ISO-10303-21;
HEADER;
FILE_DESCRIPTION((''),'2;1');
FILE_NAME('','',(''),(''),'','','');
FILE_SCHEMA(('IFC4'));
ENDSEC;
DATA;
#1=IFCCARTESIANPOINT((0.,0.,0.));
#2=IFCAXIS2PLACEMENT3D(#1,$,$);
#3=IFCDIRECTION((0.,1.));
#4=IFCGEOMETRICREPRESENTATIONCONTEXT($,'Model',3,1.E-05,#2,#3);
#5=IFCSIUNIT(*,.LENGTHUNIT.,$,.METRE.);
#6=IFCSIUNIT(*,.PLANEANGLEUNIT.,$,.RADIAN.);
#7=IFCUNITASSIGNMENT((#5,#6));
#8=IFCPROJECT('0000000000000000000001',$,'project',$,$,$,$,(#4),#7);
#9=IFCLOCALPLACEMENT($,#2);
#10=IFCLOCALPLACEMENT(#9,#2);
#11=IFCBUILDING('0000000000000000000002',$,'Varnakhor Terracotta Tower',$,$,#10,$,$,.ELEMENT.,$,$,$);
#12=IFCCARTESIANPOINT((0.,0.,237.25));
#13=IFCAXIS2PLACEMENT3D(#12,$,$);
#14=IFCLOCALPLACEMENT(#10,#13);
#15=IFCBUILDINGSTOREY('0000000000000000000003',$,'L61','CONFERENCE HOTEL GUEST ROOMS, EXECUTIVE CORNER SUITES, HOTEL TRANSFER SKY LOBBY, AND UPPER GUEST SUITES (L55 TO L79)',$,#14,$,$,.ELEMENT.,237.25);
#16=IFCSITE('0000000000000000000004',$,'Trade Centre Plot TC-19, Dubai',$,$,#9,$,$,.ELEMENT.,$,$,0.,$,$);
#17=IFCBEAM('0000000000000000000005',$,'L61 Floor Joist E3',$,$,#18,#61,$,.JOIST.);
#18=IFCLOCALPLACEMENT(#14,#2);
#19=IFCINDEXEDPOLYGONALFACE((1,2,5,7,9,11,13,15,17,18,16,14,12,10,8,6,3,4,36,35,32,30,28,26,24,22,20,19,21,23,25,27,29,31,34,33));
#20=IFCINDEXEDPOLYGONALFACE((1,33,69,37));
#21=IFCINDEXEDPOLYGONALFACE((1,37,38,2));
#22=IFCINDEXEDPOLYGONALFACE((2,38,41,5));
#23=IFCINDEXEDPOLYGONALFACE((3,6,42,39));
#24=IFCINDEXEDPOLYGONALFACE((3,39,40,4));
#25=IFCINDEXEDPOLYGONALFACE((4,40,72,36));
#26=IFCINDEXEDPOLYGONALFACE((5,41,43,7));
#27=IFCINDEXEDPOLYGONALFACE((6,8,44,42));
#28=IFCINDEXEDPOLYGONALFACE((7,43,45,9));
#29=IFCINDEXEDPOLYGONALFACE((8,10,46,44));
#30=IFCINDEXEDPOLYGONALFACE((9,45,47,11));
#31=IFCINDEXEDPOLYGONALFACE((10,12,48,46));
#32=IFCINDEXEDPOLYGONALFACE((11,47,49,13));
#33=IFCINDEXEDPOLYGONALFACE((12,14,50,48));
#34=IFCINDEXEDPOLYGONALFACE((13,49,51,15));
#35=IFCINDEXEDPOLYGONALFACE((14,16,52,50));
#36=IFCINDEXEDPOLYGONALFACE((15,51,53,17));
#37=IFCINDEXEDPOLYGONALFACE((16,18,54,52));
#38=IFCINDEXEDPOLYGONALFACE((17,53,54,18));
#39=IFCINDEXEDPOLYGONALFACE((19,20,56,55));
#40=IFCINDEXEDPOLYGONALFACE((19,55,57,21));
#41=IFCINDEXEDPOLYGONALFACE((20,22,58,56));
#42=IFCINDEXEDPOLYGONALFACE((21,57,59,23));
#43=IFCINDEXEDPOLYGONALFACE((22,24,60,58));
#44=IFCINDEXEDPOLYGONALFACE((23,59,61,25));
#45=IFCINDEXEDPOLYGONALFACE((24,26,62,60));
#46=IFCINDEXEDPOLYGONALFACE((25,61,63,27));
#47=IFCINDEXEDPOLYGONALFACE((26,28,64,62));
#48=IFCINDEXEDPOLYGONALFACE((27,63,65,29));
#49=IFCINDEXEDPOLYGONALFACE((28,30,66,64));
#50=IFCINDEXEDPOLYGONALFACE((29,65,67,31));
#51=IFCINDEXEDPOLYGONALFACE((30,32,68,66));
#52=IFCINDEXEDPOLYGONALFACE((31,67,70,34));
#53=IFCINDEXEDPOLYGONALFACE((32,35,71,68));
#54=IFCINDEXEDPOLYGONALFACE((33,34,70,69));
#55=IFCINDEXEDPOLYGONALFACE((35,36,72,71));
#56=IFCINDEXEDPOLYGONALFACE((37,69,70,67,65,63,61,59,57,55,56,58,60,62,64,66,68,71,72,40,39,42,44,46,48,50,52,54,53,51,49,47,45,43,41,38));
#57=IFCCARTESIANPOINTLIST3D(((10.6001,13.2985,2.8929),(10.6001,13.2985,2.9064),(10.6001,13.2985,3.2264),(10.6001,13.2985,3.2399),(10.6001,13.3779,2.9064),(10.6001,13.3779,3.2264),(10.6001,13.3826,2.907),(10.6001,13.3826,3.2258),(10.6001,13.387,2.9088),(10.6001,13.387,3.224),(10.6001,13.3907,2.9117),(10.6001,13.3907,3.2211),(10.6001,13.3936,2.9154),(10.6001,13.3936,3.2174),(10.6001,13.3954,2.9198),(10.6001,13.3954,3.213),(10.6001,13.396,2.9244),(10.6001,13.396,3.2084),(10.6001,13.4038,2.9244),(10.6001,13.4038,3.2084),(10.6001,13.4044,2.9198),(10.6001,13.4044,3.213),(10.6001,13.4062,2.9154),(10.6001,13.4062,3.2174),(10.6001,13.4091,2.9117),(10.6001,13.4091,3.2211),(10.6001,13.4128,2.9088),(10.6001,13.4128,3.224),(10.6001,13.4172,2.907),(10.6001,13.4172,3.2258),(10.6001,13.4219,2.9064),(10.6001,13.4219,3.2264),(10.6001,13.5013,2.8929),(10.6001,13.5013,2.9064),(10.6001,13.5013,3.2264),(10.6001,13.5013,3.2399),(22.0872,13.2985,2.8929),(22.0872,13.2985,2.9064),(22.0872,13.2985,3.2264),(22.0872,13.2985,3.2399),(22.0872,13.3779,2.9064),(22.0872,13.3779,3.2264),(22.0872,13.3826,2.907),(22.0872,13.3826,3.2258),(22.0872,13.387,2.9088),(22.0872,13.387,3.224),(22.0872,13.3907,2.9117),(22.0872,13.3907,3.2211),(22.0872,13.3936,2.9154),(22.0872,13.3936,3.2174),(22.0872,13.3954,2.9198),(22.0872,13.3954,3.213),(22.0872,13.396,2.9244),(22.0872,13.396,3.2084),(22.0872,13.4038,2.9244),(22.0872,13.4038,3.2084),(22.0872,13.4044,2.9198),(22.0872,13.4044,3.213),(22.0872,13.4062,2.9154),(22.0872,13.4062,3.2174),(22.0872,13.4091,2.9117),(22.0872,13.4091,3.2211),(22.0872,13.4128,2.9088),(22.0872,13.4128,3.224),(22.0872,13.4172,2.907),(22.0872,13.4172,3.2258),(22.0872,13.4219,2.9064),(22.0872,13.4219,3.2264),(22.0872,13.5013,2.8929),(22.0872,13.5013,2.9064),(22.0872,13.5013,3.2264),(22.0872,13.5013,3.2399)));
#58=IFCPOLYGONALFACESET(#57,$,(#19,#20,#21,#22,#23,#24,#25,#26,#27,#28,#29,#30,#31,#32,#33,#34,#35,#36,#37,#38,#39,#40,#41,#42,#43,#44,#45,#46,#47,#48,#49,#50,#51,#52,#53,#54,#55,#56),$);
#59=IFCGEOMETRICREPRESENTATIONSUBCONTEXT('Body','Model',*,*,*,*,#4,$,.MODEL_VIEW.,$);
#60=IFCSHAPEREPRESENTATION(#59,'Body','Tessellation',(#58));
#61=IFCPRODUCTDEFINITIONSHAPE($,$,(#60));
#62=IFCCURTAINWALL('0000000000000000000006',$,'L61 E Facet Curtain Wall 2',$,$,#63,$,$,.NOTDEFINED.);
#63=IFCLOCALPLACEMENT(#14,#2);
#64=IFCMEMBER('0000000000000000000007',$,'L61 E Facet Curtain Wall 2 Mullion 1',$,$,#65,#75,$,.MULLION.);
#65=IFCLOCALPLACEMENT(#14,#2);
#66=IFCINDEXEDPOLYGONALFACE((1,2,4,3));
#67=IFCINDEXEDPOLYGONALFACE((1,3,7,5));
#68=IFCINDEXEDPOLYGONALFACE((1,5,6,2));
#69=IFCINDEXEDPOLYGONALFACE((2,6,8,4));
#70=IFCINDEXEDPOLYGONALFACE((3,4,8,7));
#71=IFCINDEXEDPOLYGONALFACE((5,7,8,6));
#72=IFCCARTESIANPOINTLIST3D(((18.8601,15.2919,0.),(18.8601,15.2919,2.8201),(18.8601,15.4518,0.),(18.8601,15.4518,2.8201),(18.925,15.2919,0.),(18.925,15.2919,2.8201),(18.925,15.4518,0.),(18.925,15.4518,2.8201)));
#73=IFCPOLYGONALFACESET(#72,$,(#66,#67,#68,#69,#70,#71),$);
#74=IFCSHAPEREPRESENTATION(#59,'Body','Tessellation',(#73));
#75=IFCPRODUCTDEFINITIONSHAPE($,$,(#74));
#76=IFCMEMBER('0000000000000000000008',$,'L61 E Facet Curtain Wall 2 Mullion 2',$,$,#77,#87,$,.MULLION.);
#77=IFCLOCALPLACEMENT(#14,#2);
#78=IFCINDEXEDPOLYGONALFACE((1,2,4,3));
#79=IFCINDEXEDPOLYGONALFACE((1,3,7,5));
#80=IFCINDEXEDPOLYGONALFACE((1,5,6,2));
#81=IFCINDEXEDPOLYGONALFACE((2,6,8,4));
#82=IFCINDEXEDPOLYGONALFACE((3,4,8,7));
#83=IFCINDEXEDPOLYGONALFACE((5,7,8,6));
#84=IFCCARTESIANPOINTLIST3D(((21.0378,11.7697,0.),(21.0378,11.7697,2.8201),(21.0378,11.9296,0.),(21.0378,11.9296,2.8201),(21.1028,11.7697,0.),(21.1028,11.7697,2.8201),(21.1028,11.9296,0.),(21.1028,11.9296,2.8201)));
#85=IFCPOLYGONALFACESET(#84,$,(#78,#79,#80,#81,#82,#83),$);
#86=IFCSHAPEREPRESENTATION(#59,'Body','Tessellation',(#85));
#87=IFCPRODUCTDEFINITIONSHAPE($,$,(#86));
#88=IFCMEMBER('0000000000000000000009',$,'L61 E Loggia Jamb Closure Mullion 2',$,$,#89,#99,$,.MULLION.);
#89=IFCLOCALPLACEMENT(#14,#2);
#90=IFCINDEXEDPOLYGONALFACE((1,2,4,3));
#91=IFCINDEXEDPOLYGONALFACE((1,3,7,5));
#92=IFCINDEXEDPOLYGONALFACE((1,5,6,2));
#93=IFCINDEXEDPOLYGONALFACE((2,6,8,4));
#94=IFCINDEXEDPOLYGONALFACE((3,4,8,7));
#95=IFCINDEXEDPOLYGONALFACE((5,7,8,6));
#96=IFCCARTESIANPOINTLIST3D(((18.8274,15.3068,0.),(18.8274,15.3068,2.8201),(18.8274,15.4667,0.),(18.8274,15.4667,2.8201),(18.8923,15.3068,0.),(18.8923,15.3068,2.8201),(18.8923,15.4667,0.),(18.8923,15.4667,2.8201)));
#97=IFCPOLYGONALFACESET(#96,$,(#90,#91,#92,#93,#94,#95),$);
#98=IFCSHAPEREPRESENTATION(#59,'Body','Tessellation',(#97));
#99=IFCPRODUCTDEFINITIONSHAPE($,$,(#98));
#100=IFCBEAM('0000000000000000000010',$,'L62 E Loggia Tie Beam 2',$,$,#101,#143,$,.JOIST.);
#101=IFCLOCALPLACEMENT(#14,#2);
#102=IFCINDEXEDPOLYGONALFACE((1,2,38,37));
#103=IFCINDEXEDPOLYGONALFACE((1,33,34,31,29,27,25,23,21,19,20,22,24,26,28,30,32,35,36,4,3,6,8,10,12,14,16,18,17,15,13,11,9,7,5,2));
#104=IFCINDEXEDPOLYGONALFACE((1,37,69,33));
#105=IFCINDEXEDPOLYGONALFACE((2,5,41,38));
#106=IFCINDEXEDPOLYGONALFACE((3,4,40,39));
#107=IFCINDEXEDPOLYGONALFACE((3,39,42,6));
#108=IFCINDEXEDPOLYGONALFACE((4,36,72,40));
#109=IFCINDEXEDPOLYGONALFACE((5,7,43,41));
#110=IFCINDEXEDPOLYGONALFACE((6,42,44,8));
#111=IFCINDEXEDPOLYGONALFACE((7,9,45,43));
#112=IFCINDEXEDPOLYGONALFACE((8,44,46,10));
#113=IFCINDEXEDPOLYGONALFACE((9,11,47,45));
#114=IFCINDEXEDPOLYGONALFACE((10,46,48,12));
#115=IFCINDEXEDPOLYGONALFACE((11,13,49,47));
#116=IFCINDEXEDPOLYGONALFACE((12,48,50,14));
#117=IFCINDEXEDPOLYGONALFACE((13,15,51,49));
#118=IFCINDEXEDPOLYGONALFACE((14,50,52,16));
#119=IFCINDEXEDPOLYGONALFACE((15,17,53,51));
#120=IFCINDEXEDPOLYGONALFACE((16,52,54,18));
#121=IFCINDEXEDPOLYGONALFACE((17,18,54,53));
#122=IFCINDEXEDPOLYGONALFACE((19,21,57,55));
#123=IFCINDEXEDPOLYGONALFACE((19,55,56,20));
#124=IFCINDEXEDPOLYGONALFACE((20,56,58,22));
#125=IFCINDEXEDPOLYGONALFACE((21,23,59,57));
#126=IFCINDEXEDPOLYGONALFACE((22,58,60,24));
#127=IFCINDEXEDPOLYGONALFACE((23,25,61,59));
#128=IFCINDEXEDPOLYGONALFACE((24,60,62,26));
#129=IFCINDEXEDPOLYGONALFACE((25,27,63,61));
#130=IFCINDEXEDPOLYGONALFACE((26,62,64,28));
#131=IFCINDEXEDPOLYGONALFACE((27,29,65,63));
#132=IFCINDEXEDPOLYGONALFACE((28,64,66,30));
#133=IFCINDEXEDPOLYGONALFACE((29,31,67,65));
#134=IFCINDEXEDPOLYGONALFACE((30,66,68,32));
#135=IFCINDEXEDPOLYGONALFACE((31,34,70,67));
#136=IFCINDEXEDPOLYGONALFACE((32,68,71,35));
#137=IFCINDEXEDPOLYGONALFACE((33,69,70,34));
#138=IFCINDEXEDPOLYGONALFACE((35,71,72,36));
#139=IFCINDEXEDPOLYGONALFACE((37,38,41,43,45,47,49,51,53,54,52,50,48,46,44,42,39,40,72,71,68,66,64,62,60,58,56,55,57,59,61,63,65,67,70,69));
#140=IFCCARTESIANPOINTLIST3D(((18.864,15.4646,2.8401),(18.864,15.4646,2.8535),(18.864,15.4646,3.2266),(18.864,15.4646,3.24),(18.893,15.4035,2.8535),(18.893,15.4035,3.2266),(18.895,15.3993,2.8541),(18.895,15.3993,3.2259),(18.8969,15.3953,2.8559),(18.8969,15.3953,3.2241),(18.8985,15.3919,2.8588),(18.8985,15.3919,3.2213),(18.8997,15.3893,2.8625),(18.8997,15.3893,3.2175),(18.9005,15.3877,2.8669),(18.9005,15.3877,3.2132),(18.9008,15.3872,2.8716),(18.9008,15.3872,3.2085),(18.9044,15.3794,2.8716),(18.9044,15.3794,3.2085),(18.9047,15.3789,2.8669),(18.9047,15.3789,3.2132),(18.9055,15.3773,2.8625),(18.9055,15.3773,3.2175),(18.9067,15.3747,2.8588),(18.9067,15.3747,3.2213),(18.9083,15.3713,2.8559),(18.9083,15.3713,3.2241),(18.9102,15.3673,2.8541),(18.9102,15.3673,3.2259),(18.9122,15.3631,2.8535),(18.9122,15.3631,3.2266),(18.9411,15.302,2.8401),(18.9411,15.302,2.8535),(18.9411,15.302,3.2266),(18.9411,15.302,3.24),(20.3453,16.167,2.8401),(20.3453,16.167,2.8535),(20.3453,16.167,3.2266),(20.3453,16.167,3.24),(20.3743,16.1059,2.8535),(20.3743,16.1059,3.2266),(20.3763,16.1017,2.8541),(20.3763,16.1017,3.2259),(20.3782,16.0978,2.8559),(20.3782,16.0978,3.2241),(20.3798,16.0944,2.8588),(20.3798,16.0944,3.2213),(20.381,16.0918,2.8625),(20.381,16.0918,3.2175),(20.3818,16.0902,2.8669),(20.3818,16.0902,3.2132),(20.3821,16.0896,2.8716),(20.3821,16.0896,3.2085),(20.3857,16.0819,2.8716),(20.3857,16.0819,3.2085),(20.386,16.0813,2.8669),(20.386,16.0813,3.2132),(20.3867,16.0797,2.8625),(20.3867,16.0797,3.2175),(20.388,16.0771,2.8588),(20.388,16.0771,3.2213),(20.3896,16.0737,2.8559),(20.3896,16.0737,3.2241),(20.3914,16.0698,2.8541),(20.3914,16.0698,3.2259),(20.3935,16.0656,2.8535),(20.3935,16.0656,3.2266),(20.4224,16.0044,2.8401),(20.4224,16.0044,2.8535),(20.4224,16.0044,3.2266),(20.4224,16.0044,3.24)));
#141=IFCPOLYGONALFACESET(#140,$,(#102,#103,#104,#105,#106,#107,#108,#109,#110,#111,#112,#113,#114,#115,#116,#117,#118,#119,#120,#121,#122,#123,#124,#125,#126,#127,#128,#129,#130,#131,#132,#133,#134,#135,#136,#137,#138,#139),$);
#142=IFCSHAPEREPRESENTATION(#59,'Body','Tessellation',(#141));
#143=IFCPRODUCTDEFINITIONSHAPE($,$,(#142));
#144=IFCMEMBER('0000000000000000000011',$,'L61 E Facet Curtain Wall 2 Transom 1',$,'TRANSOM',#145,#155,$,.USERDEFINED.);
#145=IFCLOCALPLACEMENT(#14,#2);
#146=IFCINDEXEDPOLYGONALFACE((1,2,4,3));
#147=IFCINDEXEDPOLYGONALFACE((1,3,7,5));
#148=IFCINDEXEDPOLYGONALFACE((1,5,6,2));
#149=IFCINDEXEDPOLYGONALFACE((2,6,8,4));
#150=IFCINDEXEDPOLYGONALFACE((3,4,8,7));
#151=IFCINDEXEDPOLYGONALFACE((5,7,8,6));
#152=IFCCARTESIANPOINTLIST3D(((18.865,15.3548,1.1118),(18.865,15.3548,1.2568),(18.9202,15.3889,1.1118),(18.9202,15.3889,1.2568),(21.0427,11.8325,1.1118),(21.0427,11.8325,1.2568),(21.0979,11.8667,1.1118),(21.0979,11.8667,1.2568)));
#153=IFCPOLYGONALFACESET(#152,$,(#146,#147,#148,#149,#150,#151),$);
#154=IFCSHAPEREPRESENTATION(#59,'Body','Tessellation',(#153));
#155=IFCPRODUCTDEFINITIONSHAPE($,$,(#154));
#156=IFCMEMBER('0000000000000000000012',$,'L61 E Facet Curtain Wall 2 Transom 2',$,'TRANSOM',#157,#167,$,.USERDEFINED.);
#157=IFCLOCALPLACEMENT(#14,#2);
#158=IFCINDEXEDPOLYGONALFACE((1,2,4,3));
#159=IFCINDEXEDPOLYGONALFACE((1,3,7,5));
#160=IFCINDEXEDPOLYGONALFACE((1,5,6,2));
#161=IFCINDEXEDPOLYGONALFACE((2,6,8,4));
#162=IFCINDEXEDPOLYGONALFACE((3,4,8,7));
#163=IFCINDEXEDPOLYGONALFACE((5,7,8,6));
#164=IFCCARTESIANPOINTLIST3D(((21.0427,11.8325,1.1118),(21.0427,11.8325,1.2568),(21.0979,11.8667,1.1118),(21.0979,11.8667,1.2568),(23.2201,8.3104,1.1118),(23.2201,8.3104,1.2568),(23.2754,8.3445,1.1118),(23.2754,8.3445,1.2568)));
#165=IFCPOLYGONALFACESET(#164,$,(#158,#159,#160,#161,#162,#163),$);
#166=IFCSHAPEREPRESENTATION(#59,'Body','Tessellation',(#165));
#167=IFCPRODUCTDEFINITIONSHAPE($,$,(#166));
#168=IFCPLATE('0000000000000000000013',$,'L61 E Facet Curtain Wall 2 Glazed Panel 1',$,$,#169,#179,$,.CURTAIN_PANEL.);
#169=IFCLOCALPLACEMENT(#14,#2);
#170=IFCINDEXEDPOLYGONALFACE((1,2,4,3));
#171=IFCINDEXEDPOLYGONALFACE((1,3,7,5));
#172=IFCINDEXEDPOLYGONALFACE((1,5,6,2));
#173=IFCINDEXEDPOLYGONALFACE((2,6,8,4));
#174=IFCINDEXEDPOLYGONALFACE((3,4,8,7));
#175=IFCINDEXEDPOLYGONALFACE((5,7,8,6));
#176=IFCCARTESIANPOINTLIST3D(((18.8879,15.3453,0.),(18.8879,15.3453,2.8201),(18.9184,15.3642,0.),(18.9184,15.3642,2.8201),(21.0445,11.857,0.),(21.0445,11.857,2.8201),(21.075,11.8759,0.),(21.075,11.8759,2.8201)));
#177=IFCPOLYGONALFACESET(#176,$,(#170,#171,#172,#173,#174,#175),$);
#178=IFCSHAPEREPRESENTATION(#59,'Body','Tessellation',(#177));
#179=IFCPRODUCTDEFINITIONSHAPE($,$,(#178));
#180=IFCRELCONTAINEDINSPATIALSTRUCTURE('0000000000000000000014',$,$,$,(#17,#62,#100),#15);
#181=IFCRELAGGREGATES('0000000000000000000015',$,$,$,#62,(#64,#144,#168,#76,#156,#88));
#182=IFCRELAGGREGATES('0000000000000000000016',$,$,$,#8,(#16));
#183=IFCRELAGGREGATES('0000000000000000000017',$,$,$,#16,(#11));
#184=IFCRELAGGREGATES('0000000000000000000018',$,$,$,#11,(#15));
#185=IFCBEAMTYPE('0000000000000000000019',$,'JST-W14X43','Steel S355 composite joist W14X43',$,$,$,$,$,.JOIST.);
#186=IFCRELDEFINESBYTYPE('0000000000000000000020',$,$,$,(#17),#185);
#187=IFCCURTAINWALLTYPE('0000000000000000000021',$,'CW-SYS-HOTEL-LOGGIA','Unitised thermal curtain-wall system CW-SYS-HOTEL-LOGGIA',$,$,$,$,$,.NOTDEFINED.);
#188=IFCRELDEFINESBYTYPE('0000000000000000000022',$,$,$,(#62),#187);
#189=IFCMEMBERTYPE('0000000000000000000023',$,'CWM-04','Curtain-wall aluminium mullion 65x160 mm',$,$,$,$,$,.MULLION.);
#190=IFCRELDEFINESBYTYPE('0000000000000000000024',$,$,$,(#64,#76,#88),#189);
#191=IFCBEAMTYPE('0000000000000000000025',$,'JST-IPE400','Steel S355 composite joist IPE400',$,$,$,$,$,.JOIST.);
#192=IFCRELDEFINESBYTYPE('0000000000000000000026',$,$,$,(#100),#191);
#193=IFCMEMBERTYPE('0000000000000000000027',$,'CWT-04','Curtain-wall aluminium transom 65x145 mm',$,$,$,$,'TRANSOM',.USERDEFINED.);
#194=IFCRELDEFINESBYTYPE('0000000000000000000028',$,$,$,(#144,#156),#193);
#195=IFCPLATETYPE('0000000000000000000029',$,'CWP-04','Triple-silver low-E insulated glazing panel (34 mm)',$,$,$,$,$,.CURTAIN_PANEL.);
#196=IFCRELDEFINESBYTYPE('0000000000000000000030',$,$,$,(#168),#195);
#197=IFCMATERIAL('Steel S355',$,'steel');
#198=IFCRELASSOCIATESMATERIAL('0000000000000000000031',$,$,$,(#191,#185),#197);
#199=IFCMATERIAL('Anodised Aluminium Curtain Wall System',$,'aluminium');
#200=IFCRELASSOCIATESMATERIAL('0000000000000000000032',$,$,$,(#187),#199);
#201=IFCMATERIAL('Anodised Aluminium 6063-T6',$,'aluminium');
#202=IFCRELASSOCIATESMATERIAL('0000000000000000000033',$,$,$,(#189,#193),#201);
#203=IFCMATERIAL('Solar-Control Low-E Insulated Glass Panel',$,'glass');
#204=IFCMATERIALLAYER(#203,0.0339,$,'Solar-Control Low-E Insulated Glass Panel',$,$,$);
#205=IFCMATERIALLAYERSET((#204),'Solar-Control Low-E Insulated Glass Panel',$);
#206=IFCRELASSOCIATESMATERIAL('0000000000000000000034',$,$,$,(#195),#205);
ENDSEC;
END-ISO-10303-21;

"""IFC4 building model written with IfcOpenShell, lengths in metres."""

from ifc_helpers import new_model, si_unit, direction, frame, origin, origin_2d, place, context, subcontext, project, spatial, rectangle, i_section, extrude, source, transform, mapped, material, layer, layer_set, material_profile, profile_set, type_object, type_shapes, element, aggregate, save


model = new_model("IFC4")

# Units and contexts
model_context = context("Model", 3, precision=1e-05, world=origin(), true_north=direction((0.0, 1.0)))
body_context = subcontext(model_context, "Body", "Model", "MODEL_VIEW")
ifc_project = project(units=[si_unit("LENGTHUNIT", "METRE"), si_unit("PLANEANGLEUNIT", "RADIAN")], contexts=[model_context])

# Site, building, storey
site_placement = place(None, origin())
site = spatial("IfcSite", under=ifc_project, at=site_placement, Name="Trade Centre Plot TC-19, Dubai", CompositionType="ELEMENT", RefElevation=0.0)
building_placement = place(site_placement, origin())
building = spatial("IfcBuilding", under=site, at=building_placement, Name="Varnakhor Terracotta Tower", CompositionType="ELEMENT")
storey_placement = place(building_placement, frame((0.0, 0.0, 237.25)))
storey = spatial("IfcBuildingStorey", under=building, at=storey_placement, Name="L61", Description="CONFERENCE HOTEL GUEST ROOMS, EXECUTIVE CORNER SUITES, HOTEL TRANSFER SKY LOBBY, AND UPPER GUEST SUITES (L55 TO L79)", CompositionType="ELEMENT", Elevation=237.25)

# Beam
ifc_material_1 = material(Name="Steel S355", Category="steel")
ifc_material_profile_1 = material_profile(ifc_material_1, i_section(OverallWidth=0.1799, OverallDepth=0.3999, WebThickness=0.0085, FlangeThickness=0.0134, FilletRadius=0.0181, at=origin_2d()), Name="IPE400")
ifc_profile_set_1 = profile_set([ifc_material_profile_1], Name="Steel S355")
beam_type_1 = type_object("IfcBeamType", Name="JST-IPE400", Description="Steel S355 composite joist IPE400", PredefinedType="JOIST", material=ifc_profile_set_1)
ifc_material_profile_2 = material_profile(ifc_material_1, i_section(OverallWidth=0.2029, OverallDepth=0.3469, WebThickness=0.0078, FlangeThickness=0.0134, FilletRadius=0.0181, at=origin_2d()), Name="W14X43")
ifc_profile_set_2 = profile_set([ifc_material_profile_2], Name="Steel S355")
beam_type_2 = type_object("IfcBeamType", Name="JST-W14X43", Description="Steel S355 composite joist W14X43", PredefinedType="JOIST", material=ifc_profile_set_2)
shared_shape_1 = source(origin(), body_context, "Body", "SweptSolid", [
    extrude(i_section(OverallWidth=0.2029, OverallDepth=0.3469, WebThickness=0.0078, FlangeThickness=0.0134, FilletRadius=0.0181, at=origin_2d()), origin(), (0.0, 0.0, 1.0), 11.4871),
])
beam_1_placement = place(storey_placement, frame((10.6001, 13.3999, 3.0664), z_axis=(1.0, 0.0, 0.0), x_axis=(0.0, 1.0, 0.0)))
element("IfcBeam", 1, at=beam_1_placement, inside=storey, type_object=beam_type_2, Name="L61 Floor Joist E3", PredefinedType="JOIST", context=body_context, shape_type="MappedRepresentation", body=[
    mapped(shared_shape_1, transform((0.0, 0.0, 0.0), scale=1.0)),
])

# Curtain wall, members
ifc_material_2 = material(Name="Anodised Aluminium Curtain Wall System", Category="aluminium")
curtain_wall_type = type_object("IfcCurtainWallType", Name="CW-SYS-HOTEL-LOGGIA", Description="Unitised thermal curtain-wall system CW-SYS-HOTEL-LOGGIA", PredefinedType="NOTDEFINED", material=ifc_material_2)
curtain_wall_placement = place(storey_placement, origin())
curtain_wall = element("IfcCurtainWall", 2, at=curtain_wall_placement, inside=storey, type_object=curtain_wall_type, Name="L61 E Facet Curtain Wall 2", PredefinedType="NOTDEFINED")
ifc_material_3 = material(Name="Anodised Aluminium 6063-T6", Category="aluminium")
ifc_material_profile_3 = material_profile(ifc_material_3, rectangle(XDim=0.0649, YDim=0.1599, at=origin_2d()), Name="ALU MULLION 65x160")
ifc_profile_set_3 = profile_set([ifc_material_profile_3], Name="Anodised Aluminium 6063-T6")
member_type_1 = type_object("IfcMemberType", Name="CWM-04", Description="Curtain-wall aluminium mullion 65x160 mm", PredefinedType="MULLION", material=ifc_profile_set_3)
shared_shape_2 = source(origin(), body_context, "Body", "SweptSolid", [
    extrude(rectangle(XDim=0.0649, YDim=0.1599, at=origin_2d()), origin(), (0.0, 0.0, 1.0), 2.8201),
])
type_shapes(member_type_1, [shared_shape_2])
member_1_placement = place(storey_placement, frame((18.8926, 15.3718, 0.0), z_axis=(0.0, 0.0, 1.0), x_axis=(1.0, 0.0, 0.0)))
member_1 = element("IfcMember", 3, at=member_1_placement, type_object=member_type_1, Name="L61 E Facet Curtain Wall 2 Mullion 1", PredefinedType="MULLION", context=body_context, shape_type="MappedRepresentation", body=[
    mapped(shared_shape_2, transform((0.0, 0.0, 0.0), scale=1.0)),
])
member_2_placement = place(storey_placement, frame((21.0703, 11.8496, 0.0), z_axis=(0.0, 0.0, 1.0), x_axis=(1.0, 0.0, 0.0)))
member_2 = element("IfcMember", 4, at=member_2_placement, type_object=member_type_1, Name="L61 E Facet Curtain Wall 2 Mullion 2", PredefinedType="MULLION", context=body_context, shape_type="MappedRepresentation", body=[
    mapped(shared_shape_2, transform((0.0, 0.0, 0.0), scale=1.0)),
])
member_3_placement = place(storey_placement, frame((18.8599, 15.3867, 0.0), z_axis=(0.0, 0.0, 1.0), x_axis=(1.0, 0.0, 0.0)))
member_3 = element("IfcMember", 5, at=member_3_placement, type_object=member_type_1, Name="L61 E Loggia Jamb Closure Mullion 2", PredefinedType="MULLION", context=body_context, shape_type="MappedRepresentation", body=[
    mapped(shared_shape_2, transform((0.0, 0.0, 0.0), scale=1.0)),
])

# Beam
shared_shape_3 = source(origin(), body_context, "Body", "SweptSolid", [
    extrude(i_section(OverallWidth=0.1799, OverallDepth=0.3999, WebThickness=0.0085, FlangeThickness=0.0134, FilletRadius=0.0181, at=origin_2d()), origin(), (0.0, 0.0, 1.0), 1.6394),
])
beam_2_placement = place(storey_placement, frame((18.9026, 15.3833, 3.04), z_axis=(0.903556, 0.42847, 0.0), x_axis=(-0.42847, 0.903556, 0.0)))
element("IfcBeam", 6, at=beam_2_placement, inside=storey, type_object=beam_type_1, Name="L62 E Loggia Tie Beam 2", PredefinedType="JOIST", context=body_context, shape_type="MappedRepresentation", body=[
    mapped(shared_shape_3, transform((0.0, 0.0, 0.0), scale=1.0)),
])

# Members
ifc_material_profile_4 = material_profile(ifc_material_3, rectangle(XDim=0.0649, YDim=0.145, at=origin_2d()), Name="ALU TRANSOM 65x145")
ifc_profile_set_4 = profile_set([ifc_material_profile_4], Name="Anodised Aluminium 6063-T6")
member_type_2 = type_object("IfcMemberType", Name="CWT-04", Description="Curtain-wall aluminium transom 65x145 mm", ElementType="TRANSOM", PredefinedType="USERDEFINED", material=ifc_profile_set_4)
shared_shape_4 = source(origin(), body_context, "Body", "SweptSolid", [
    extrude(rectangle(XDim=0.0649, YDim=0.145, at=origin_2d()), origin(), (0.0, 0.0, 1.0), 4.1411),
])
member_4_placement = place(storey_placement, frame((18.8926, 15.3718, 1.1843), z_axis=(0.525886, -0.850555, 0.0), x_axis=(0.850555, 0.525886, 0.0)))
member_4 = element("IfcMember", 7, at=member_4_placement, type_object=member_type_2, Name="L61 E Facet Curtain Wall 2 Transom 1", ObjectType="TRANSOM", PredefinedType="USERDEFINED", context=body_context, shape_type="MappedRepresentation", body=[
    mapped(shared_shape_4, transform((0.0, 0.0, 0.0), scale=1.0)),
])
shared_shape_5 = source(origin(), body_context, "Body", "SweptSolid", [
    extrude(rectangle(XDim=0.0649, YDim=0.145, at=origin_2d()), origin(), (0.0, 0.0, 1.0), 4.1409),
])
member_5_placement = place(storey_placement, frame((21.0703, 11.8496, 1.1843), z_axis=(0.525843, -0.850582, 0.0), x_axis=(0.850582, 0.525843, 0.0)))
member_5 = element("IfcMember", 8, at=member_5_placement, type_object=member_type_2, Name="L61 E Facet Curtain Wall 2 Transom 2", ObjectType="TRANSOM", PredefinedType="USERDEFINED", context=body_context, shape_type="MappedRepresentation", body=[
    mapped(shared_shape_5, transform((0.0, 0.0, 0.0), scale=1.0)),
])

# Plate
ifc_material_4 = material(Name="Solar-Control Low-E Insulated Glass Panel", Category="glass")
ifc_layer_1 = layer(ifc_material_4, 0.0339, Name="Solar-Control Low-E Insulated Glass Panel")
ifc_layer_set_1 = layer_set([ifc_layer_1], Name="Solar-Control Low-E Insulated Glass Panel")
plate_type = type_object("IfcPlateType", Name="CWP-04", Description="Triple-silver low-E insulated glazing panel (34 mm)", PredefinedType="CURTAIN_PANEL", material=ifc_layer_set_1)
shared_shape_6 = source(origin(), body_context, "Body", "SweptSolid", [
    extrude(rectangle(XDim=4.1011, YDim=0.0359, at=origin_2d()), origin(), (0.0, 0.0, 1.0), 2.8201),
])
plate_1_placement = place(storey_placement, frame((19.9814, 13.6106, 0.0), z_axis=(0.0, 0.0, 1.0), x_axis=(0.525858, -0.850573, 0.0)))
plate_1 = element("IfcPlate", 9, at=plate_1_placement, type_object=plate_type, Name="L61 E Facet Curtain Wall 2 Glazed Panel 1", PredefinedType="CURTAIN_PANEL", context=body_context, shape_type="MappedRepresentation", body=[
    mapped(shared_shape_6, transform((0.0, 0.0, 0.0), scale=1.0)),
])
aggregate(curtain_wall, [member_1, member_4, plate_1, member_2, member_5, member_3])

save(model, "model.ifc")
